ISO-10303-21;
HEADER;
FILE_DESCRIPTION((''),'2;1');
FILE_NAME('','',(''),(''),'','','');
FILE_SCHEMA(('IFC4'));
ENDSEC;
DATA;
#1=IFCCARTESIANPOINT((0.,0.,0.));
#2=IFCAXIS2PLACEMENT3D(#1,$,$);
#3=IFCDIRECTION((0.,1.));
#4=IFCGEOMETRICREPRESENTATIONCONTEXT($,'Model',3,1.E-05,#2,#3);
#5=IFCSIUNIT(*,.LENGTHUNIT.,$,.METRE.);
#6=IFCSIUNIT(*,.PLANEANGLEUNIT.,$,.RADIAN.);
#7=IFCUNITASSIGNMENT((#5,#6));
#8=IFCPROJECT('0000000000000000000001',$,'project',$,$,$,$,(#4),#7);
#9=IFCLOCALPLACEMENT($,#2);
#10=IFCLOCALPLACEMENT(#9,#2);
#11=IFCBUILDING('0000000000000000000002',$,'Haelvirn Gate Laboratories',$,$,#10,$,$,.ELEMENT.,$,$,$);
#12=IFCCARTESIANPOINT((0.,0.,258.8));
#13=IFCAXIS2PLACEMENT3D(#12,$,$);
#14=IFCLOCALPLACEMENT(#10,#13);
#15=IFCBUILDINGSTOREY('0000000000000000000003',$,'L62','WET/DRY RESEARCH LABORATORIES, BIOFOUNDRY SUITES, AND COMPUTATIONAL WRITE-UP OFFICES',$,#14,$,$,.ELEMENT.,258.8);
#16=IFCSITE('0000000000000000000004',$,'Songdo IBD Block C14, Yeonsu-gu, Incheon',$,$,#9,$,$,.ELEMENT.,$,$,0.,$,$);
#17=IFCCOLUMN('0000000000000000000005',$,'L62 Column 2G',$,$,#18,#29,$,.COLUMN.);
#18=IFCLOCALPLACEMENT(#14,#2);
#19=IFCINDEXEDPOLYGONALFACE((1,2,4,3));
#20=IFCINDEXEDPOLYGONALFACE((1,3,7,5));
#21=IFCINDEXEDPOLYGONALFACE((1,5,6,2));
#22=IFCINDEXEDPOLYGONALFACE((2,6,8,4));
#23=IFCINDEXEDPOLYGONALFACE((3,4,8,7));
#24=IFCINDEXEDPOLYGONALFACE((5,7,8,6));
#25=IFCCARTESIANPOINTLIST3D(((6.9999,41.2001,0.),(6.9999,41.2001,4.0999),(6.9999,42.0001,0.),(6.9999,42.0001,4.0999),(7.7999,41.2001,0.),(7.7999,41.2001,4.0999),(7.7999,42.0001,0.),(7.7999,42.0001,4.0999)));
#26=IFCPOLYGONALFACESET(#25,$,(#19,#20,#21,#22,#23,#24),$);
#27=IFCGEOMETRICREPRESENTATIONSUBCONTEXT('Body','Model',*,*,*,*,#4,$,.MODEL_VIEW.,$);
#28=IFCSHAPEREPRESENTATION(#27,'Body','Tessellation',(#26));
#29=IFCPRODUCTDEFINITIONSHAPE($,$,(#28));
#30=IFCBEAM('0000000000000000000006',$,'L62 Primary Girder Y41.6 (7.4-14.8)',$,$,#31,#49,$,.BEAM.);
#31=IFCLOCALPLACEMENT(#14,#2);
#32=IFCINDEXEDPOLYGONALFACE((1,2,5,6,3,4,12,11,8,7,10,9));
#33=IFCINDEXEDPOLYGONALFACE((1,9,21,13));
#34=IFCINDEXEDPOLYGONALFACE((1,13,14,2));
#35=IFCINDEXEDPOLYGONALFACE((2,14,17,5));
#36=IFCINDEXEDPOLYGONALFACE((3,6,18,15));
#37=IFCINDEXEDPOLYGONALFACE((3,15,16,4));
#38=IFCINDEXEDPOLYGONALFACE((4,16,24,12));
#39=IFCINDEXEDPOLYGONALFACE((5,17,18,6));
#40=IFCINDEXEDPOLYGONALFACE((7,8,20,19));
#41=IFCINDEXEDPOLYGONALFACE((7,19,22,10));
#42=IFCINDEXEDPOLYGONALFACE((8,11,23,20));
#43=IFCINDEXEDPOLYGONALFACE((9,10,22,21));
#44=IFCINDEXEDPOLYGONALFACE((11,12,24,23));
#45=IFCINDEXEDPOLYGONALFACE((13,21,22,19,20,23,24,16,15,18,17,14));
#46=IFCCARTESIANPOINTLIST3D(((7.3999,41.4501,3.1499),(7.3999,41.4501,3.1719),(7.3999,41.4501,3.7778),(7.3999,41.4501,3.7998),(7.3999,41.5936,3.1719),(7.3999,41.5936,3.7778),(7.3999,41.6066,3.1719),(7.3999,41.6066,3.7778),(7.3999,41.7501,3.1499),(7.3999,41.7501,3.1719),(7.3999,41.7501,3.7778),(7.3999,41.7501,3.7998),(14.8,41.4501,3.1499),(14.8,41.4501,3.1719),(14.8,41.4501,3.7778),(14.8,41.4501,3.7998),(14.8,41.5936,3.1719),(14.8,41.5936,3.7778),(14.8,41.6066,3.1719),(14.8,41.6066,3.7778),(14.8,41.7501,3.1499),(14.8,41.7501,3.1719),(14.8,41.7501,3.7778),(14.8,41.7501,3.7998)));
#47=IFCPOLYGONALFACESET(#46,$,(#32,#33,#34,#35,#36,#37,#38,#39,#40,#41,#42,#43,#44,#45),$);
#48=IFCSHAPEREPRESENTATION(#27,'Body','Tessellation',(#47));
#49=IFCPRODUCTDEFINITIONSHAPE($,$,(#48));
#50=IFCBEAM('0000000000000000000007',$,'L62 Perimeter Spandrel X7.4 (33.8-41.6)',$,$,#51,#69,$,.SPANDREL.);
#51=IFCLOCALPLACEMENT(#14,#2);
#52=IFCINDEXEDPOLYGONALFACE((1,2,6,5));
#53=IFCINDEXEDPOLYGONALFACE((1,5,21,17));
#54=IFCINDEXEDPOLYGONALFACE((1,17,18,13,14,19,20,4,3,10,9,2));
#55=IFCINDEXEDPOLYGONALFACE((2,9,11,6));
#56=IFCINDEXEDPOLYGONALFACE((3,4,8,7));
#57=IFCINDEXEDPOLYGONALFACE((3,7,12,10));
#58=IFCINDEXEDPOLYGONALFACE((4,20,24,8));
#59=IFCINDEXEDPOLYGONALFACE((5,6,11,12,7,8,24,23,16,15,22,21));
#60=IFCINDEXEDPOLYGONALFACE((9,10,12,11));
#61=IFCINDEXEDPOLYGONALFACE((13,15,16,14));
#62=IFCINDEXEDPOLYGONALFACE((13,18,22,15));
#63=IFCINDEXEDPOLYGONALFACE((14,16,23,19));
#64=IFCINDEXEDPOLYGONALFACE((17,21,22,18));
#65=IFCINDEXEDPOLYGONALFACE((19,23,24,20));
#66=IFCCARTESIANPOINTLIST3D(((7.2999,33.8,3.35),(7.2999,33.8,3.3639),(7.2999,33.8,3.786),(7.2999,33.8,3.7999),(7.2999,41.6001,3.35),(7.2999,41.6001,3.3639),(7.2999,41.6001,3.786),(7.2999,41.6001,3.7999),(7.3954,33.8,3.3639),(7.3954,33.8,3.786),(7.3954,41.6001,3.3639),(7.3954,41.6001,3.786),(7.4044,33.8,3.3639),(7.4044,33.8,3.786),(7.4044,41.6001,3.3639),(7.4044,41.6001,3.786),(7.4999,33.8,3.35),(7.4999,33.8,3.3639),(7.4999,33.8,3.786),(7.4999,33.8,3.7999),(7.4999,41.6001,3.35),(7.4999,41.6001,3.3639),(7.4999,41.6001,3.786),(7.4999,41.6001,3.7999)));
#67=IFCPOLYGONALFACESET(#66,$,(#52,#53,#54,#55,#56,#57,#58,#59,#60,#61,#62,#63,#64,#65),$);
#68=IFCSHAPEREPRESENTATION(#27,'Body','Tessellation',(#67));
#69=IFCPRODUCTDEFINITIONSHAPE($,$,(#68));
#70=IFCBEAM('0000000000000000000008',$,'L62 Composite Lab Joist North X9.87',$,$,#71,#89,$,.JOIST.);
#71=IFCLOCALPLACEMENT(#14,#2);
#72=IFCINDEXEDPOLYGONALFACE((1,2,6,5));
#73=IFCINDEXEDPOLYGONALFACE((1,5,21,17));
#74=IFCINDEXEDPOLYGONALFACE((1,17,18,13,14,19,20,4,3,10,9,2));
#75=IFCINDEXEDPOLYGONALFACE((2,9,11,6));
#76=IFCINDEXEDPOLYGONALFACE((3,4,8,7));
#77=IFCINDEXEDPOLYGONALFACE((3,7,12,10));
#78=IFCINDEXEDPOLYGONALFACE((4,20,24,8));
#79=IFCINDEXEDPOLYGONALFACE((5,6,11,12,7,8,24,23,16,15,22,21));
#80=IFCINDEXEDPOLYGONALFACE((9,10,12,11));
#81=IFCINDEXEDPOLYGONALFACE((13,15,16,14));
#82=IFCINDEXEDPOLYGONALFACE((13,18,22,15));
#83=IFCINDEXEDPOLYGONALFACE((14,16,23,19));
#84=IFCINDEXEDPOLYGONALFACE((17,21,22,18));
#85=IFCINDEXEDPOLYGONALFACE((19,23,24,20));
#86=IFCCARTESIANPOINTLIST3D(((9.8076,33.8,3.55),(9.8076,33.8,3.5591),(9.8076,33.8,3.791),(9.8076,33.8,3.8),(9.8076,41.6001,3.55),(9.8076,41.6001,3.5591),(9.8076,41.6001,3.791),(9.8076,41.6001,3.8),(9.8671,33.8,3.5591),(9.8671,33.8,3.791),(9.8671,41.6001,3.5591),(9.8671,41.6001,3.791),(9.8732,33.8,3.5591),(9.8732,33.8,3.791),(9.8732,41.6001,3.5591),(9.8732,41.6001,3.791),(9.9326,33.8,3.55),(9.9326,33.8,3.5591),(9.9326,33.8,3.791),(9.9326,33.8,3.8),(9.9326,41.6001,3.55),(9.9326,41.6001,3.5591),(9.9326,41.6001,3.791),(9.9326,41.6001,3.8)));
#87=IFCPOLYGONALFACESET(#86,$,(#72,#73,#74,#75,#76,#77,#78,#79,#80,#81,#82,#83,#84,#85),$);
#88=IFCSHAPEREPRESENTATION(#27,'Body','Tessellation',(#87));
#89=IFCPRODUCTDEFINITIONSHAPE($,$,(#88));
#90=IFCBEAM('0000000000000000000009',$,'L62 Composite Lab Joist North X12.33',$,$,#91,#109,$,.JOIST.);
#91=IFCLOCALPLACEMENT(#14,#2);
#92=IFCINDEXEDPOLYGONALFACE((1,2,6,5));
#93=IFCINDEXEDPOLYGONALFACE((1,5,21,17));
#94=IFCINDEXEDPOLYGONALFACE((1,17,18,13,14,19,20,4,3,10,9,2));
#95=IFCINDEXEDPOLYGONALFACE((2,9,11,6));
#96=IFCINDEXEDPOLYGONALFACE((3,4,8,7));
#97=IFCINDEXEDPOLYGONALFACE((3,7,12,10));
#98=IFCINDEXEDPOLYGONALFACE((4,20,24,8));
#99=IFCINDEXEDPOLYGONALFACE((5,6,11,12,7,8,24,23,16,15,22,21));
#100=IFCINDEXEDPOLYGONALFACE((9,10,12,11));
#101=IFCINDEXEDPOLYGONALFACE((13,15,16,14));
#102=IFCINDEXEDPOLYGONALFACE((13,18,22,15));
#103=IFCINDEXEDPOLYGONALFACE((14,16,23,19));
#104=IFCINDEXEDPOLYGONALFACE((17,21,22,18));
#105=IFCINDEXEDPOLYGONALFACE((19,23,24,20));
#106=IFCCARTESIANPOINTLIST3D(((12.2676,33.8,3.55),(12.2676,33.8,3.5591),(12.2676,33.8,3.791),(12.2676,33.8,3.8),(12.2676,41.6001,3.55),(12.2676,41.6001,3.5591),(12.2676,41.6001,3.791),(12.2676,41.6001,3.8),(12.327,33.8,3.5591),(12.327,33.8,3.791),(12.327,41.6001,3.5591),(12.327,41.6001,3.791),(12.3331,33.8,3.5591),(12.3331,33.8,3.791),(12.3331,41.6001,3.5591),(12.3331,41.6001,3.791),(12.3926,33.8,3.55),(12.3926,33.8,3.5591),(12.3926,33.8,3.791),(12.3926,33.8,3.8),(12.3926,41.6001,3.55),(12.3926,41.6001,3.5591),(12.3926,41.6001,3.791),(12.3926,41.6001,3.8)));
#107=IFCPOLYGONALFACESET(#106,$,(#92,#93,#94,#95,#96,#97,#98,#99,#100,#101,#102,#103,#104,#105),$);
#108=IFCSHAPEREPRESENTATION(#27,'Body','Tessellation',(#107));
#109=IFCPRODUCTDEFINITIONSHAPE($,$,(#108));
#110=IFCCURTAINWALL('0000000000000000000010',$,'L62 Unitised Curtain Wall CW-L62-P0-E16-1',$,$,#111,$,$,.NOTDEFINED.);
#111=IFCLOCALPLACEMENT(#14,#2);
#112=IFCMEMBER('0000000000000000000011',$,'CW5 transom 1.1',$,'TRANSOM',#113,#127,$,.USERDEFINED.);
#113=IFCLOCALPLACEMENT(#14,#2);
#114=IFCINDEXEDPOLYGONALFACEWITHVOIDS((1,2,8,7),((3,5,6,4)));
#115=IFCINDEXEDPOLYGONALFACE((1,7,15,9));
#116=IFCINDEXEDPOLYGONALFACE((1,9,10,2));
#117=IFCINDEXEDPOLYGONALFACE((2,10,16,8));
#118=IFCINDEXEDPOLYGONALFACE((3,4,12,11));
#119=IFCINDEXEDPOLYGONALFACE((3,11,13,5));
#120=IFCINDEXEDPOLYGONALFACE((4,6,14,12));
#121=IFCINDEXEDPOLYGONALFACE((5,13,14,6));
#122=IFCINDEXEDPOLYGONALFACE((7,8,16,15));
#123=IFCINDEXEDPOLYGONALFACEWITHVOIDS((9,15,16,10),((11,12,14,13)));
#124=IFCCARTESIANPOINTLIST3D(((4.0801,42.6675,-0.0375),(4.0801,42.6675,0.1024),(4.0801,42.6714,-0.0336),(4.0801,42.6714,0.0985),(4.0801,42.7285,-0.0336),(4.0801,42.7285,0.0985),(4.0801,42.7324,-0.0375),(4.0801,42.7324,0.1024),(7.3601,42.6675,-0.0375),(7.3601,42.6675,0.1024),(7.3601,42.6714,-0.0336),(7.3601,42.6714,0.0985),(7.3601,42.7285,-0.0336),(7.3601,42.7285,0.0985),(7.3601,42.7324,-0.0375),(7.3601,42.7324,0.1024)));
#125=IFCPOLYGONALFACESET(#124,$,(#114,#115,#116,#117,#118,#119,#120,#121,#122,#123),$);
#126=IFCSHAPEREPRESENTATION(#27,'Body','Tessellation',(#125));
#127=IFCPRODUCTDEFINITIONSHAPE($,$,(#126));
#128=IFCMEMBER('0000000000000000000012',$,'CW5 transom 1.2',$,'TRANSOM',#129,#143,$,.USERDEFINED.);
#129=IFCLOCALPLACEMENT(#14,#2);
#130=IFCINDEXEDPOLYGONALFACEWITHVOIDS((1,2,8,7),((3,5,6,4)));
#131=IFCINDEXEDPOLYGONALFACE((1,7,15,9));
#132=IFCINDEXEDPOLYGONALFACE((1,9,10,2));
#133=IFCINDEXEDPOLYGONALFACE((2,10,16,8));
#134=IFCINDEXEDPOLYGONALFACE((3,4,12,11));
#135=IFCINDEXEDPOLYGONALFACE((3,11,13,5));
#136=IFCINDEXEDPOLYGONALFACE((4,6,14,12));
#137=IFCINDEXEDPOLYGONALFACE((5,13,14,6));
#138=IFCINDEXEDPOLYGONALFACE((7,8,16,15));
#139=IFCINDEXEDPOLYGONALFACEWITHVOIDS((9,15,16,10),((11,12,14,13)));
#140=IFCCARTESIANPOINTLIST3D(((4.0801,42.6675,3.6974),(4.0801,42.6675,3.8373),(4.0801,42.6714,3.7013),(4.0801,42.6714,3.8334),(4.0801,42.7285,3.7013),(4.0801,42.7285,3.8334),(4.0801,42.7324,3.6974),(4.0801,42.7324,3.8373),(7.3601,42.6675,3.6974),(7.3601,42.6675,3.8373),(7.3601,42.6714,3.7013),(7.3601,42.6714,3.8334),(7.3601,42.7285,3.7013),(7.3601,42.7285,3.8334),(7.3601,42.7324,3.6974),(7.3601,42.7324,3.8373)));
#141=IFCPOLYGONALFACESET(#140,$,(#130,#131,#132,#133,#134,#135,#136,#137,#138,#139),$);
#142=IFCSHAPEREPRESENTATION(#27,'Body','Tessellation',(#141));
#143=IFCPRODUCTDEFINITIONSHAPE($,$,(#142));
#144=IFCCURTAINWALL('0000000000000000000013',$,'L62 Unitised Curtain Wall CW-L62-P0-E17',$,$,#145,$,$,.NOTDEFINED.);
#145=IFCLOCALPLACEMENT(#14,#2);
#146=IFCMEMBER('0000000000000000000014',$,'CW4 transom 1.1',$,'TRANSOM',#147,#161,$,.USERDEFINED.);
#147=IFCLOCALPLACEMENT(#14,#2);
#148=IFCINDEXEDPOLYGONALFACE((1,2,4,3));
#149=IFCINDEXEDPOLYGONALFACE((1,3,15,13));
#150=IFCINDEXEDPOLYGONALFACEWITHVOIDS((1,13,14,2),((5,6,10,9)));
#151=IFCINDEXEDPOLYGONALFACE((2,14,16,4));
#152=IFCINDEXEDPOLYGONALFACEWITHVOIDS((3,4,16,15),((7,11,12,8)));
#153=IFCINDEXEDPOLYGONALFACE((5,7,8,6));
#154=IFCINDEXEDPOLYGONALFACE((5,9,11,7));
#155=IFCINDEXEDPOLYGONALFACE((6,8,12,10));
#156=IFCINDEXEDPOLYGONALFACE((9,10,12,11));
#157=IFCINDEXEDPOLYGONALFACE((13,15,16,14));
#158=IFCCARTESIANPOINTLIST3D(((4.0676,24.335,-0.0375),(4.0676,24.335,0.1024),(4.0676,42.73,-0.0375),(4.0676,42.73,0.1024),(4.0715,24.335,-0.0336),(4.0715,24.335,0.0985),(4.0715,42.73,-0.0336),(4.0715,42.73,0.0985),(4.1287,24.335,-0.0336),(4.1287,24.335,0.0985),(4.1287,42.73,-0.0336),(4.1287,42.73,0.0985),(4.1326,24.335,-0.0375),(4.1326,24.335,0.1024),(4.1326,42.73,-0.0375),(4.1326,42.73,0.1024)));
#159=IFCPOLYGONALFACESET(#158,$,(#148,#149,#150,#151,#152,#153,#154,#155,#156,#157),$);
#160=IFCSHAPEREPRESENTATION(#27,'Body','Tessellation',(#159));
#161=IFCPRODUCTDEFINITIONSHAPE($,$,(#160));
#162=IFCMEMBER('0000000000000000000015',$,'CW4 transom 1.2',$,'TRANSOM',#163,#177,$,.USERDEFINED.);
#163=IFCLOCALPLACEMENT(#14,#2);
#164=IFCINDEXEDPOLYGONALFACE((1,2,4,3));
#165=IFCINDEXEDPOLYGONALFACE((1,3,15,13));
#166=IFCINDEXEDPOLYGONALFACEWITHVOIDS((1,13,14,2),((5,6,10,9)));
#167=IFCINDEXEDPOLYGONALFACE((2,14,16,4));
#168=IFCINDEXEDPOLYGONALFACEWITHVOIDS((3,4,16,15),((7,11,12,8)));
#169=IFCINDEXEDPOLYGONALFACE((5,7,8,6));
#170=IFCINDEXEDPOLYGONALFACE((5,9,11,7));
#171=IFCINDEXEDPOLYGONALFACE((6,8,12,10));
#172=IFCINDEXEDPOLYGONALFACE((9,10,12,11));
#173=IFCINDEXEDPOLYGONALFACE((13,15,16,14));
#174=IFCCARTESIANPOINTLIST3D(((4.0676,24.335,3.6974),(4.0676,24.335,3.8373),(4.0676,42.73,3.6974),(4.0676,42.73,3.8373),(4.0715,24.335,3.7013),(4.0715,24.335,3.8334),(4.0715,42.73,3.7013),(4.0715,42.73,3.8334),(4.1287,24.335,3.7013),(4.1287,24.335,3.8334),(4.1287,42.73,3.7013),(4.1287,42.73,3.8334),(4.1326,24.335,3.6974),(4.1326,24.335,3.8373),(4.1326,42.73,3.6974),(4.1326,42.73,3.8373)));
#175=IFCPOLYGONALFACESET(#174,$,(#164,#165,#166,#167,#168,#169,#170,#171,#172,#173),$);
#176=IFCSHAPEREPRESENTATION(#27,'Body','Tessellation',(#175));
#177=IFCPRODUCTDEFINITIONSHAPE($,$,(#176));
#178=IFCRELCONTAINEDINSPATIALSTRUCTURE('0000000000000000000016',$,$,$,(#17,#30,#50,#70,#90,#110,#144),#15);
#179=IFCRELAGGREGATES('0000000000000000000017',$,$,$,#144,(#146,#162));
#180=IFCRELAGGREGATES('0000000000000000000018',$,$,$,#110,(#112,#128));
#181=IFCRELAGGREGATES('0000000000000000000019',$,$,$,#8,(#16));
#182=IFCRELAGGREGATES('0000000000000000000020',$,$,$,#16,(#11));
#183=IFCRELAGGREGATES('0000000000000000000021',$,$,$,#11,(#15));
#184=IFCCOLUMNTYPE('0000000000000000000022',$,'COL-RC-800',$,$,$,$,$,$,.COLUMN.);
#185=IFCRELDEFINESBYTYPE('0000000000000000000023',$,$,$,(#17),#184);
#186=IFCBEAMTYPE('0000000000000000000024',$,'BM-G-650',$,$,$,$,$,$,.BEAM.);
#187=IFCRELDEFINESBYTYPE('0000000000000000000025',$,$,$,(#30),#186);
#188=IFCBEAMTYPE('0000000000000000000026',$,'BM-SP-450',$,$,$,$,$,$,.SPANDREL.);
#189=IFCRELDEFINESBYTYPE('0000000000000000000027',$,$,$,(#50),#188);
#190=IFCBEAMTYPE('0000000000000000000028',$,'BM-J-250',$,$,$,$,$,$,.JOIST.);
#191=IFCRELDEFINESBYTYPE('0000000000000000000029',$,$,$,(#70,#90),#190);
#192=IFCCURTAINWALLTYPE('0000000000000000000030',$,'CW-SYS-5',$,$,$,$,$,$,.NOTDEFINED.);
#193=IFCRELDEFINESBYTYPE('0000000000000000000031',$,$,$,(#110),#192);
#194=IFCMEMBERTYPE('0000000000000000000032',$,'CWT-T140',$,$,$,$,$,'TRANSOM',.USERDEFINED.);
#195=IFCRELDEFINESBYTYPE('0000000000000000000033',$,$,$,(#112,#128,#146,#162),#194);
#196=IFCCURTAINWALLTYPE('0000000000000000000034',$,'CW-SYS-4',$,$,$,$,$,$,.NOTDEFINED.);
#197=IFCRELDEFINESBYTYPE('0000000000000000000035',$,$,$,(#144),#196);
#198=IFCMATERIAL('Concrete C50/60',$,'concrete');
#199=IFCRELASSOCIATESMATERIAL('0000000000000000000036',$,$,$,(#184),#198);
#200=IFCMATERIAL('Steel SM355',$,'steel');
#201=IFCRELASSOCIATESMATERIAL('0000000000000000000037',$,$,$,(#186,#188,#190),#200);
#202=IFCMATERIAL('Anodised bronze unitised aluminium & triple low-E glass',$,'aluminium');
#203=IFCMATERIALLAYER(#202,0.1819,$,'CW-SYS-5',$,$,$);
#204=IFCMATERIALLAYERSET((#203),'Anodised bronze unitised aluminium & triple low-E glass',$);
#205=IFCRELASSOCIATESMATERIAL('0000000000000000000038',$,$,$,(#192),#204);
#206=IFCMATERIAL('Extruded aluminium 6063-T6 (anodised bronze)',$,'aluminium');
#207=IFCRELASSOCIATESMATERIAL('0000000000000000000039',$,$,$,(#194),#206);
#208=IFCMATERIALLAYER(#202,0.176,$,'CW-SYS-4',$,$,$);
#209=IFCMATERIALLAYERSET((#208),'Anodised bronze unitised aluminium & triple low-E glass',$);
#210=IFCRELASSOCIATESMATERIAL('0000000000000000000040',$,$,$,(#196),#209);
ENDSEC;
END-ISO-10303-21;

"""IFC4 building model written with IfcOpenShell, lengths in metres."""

from ifc_helpers import new_model, si_unit, direction, frame, origin, origin_2d, place, context, subcontext, project, spatial, rectangle, hollow_rectangle, i_section, extrude, source, transform, mapped, material, layer, layer_set, material_profile, profile_set, type_object, type_shapes, element, aggregate, save


model = new_model("IFC4")

# Units and contexts
model_context = context("Model", 3, precision=1e-05, world=origin(), true_north=direction((0.0, 1.0)))
body_context = subcontext(model_context, "Body", "Model", "MODEL_VIEW")
ifc_project = project(units=[si_unit("LENGTHUNIT", "METRE"), si_unit("PLANEANGLEUNIT", "RADIAN")], contexts=[model_context])

# Site, building, storey
site_placement = place(None, origin())
site = spatial("IfcSite", under=ifc_project, at=site_placement, Name="Songdo IBD Block C14, Yeonsu-gu, Incheon", CompositionType="ELEMENT", RefElevation=0.0)
building_placement = place(site_placement, origin())
building = spatial("IfcBuilding", under=site, at=building_placement, Name="Haelvirn Gate Laboratories", CompositionType="ELEMENT")
storey_placement = place(building_placement, frame((0.0, 0.0, 258.8)))
storey = spatial("IfcBuildingStorey", under=building, at=storey_placement, Name="L62", Description="WET/DRY RESEARCH LABORATORIES, BIOFOUNDRY SUITES, AND COMPUTATIONAL WRITE-UP OFFICES", CompositionType="ELEMENT", Elevation=258.8)

# Column
ifc_material_1 = material(Name="Concrete C50/60", Category="concrete")
ifc_material_profile_1 = material_profile(ifc_material_1, rectangle(XDim=0.8, YDim=0.8, at=origin_2d()), Name="RC-800x800")
ifc_profile_set_1 = profile_set([ifc_material_profile_1], Name="Concrete C50/60")
column_type = type_object("IfcColumnType", Name="COL-RC-800", PredefinedType="COLUMN", material=ifc_profile_set_1)
shared_shape_1 = source(origin(), body_context, "Body", "SweptSolid", [
    extrude(rectangle(XDim=0.8, YDim=0.8, at=origin_2d()), origin(), (0.0, 0.0, 1.0), 4.0999),
])
type_shapes(column_type, [shared_shape_1])
column_placement = place(storey_placement, frame((7.3999, 41.6001, 0.0), z_axis=(0.0, 0.0, 1.0), x_axis=(1.0, 0.0, 0.0)))
element("IfcColumn", 1, at=column_placement, inside=storey, type_object=column_type, Name="L62 Column 2G", PredefinedType="COLUMN", context=body_context, shape_type="MappedRepresentation", body=[
    mapped(shared_shape_1, transform((0.0, 0.0, 0.0), scale=1.0)),
])

# Beams
ifc_material_2 = material(Name="Steel SM355", Category="steel")
ifc_material_profile_2 = material_profile(ifc_material_2, i_section(OverallWidth=0.3, OverallDepth=0.6499, WebThickness=0.0129, FlangeThickness=0.022, at=origin_2d()), Name="H-650x300x13x22")
ifc_profile_set_2 = profile_set([ifc_material_profile_2], Name="Steel SM355")
beam_type_1 = type_object("IfcBeamType", Name="BM-G-650", PredefinedType="BEAM", material=ifc_profile_set_2)
shared_shape_2 = source(origin(), body_context, "Body", "SweptSolid", [
    extrude(i_section(OverallWidth=0.3, OverallDepth=0.6499, WebThickness=0.0129, FlangeThickness=0.022, at=origin_2d()), origin(), (0.0, 0.0, 1.0), 7.4001),
])
type_shapes(beam_type_1, [shared_shape_2])
beam_1_placement = place(storey_placement, frame((7.3999, 41.6001, 3.4749), z_axis=(1.0, 0.0, 0.0), x_axis=(0.0, 1.0, 0.0)))
element("IfcBeam", 2, at=beam_1_placement, inside=storey, type_object=beam_type_1, Name="L62 Primary Girder Y41.6 (7.4-14.8)", PredefinedType="BEAM", context=body_context, shape_type="MappedRepresentation", body=[
    mapped(shared_shape_2, transform((0.0, 0.0, 0.0), scale=1.0)),
])
ifc_material_profile_3 = material_profile(ifc_material_2, i_section(OverallWidth=0.2, OverallDepth=0.45, WebThickness=0.009, FlangeThickness=0.0139, at=origin_2d()), Name="H-450x200x9x14")
ifc_profile_set_3 = profile_set([ifc_material_profile_3], Name="Steel SM355")
beam_type_2 = type_object("IfcBeamType", Name="BM-SP-450", PredefinedType="SPANDREL", material=ifc_profile_set_3)
shared_shape_3 = source(origin(), body_context, "Body", "SweptSolid", [
    extrude(i_section(OverallWidth=0.2, OverallDepth=0.45, WebThickness=0.009, FlangeThickness=0.0139, at=origin_2d()), origin(), (0.0, 0.0, 1.0), 7.8),
])
type_shapes(beam_type_2, [shared_shape_3])
beam_2_placement = place(storey_placement, frame((7.3999, 33.8, 3.575), z_axis=(0.0, 1.0, 0.0), x_axis=(-1.0, 0.0, 0.0)))
element("IfcBeam", 3, at=beam_2_placement, inside=storey, type_object=beam_type_2, Name="L62 Perimeter Spandrel X7.4 (33.8-41.6)", PredefinedType="SPANDREL", context=body_context, shape_type="MappedRepresentation", body=[
    mapped(shared_shape_3, transform((0.0, 0.0, 0.0), scale=1.0)),
])
ifc_material_profile_4 = material_profile(ifc_material_2, i_section(OverallWidth=0.125, OverallDepth=0.25, WebThickness=0.0061, FlangeThickness=0.009, at=origin_2d()), Name="H-250x125x6x9")
ifc_profile_set_4 = profile_set([ifc_material_profile_4], Name="Steel SM355")
beam_type_3 = type_object("IfcBeamType", Name="BM-J-250", PredefinedType="JOIST", material=ifc_profile_set_4)
shared_shape_4 = source(origin(), body_context, "Body", "SweptSolid", [
    extrude(i_section(OverallWidth=0.125, OverallDepth=0.25, WebThickness=0.0061, FlangeThickness=0.009, at=origin_2d()), origin(), (0.0, 0.0, 1.0), 7.8),
])
type_shapes(beam_type_3, [shared_shape_4])
for number, where, z_axis, x_axis, name in (
    (4, (9.8701, 33.8, 3.675), (0.0, 1.0, 0.0), (-1.0, 0.0, 0.0), "L62 Composite Lab Joist North X9.87"),
    (5, (12.3301, 33.8, 3.675), (0.0, 1.0, 0.0), (-1.0, 0.0, 0.0), "L62 Composite Lab Joist North X12.33"),
):
    element("IfcBeam", number, at=place(storey_placement, frame(where, z_axis=z_axis, x_axis=x_axis)), inside=storey, type_object=beam_type_3, Name=name, PredefinedType="JOIST", context=body_context, shape_type="MappedRepresentation", body=[
        mapped(shared_shape_4, transform((0.0, 0.0, 0.0), scale=1.0)),
    ])

# Curtain walls, members
ifc_material_3 = material(Name="Anodised bronze unitised aluminium & triple low-E glass", Category="aluminium")
ifc_layer_1 = layer(ifc_material_3, 0.1819, Name="CW-SYS-5")
ifc_layer_set_1 = layer_set([ifc_layer_1], Name="Anodised bronze unitised aluminium & triple low-E glass")
curtain_wall_type_1 = type_object("IfcCurtainWallType", Name="CW-SYS-5", PredefinedType="NOTDEFINED", material=ifc_layer_set_1)
curtain_wall_1_placement = place(storey_placement, origin())
curtain_wall_1 = element("IfcCurtainWall", 6, at=curtain_wall_1_placement, inside=storey, type_object=curtain_wall_type_1, Name="L62 Unitised Curtain Wall CW-L62-P0-E16-1", PredefinedType="NOTDEFINED")
ifc_material_4 = material(Name="Extruded aluminium 6063-T6 (anodised bronze)", Category="aluminium")
ifc_material_profile_5 = material_profile(ifc_material_4, hollow_rectangle(XDim=0.0649, YDim=0.1399, WallThickness=0.0039, at=origin_2d()), Name="CWT-140x65x4")
ifc_profile_set_5 = profile_set([ifc_material_profile_5], Name="Extruded aluminium 6063-T6 (anodised bronze)")
member_type_1 = type_object("IfcMemberType", Name="CWT-T140", ElementType="TRANSOM", PredefinedType="USERDEFINED", material=ifc_profile_set_5)
shared_shape_5 = source(origin(), body_context, "Body", "SweptSolid", [
    extrude(hollow_rectangle(XDim=0.0649, YDim=0.1399, WallThickness=0.0039, at=origin_2d()), origin(), (0.0, 0.0, 1.0), 3.28),
])
member_1_placement = place(storey_placement, frame((4.0801, 42.7, 0.0325), z_axis=(1.0, 0.0, 0.0), x_axis=(0.0, 1.0, 0.0)))
member_1 = element("IfcMember", 7, at=member_1_placement, type_object=member_type_1, Name="CW5 transom 1.1", ObjectType="TRANSOM", PredefinedType="USERDEFINED", context=body_context, shape_type="MappedRepresentation", body=[
    mapped(shared_shape_5, transform((0.0, 0.0, 0.0), scale=1.0)),
])
member_2_placement = place(storey_placement, frame((4.0801, 42.7, 3.7673), z_axis=(1.0, 0.0, 0.0), x_axis=(0.0, 1.0, 0.0)))
member_2 = element("IfcMember", 8, at=member_2_placement, type_object=member_type_1, Name="CW5 transom 1.2", ObjectType="TRANSOM", PredefinedType="USERDEFINED", context=body_context, shape_type="MappedRepresentation", body=[
    mapped(shared_shape_5, transform((0.0, 0.0, 0.0), scale=1.0)),
])
ifc_layer_2 = layer(ifc_material_3, 0.176, Name="CW-SYS-4")
ifc_layer_set_2 = layer_set([ifc_layer_2], Name="Anodised bronze unitised aluminium & triple low-E glass")
curtain_wall_type_2 = type_object("IfcCurtainWallType", Name="CW-SYS-4", PredefinedType="NOTDEFINED", material=ifc_layer_set_2)
curtain_wall_2_placement = place(storey_placement, origin())
curtain_wall_2 = element("IfcCurtainWall", 9, at=curtain_wall_2_placement, inside=storey, type_object=curtain_wall_type_2, Name="L62 Unitised Curtain Wall CW-L62-P0-E17", PredefinedType="NOTDEFINED")
shared_shape_6 = source(origin(), body_context, "Body", "SweptSolid", [
    extrude(hollow_rectangle(XDim=0.0649, YDim=0.1399, WallThickness=0.0039, at=origin_2d()), origin(), (0.0, 0.0, 1.0), 18.395),
])
member_3_placement = place(storey_placement, frame((4.1001, 42.73, 0.0325), z_axis=(0.0, -1.0, 0.0), x_axis=(1.0, 0.0, 0.0)))
member_3 = element("IfcMember", 10, at=member_3_placement, type_object=member_type_1, Name="CW4 transom 1.1", ObjectType="TRANSOM", PredefinedType="USERDEFINED", context=body_context, shape_type="MappedRepresentation", body=[
    mapped(shared_shape_6, transform((0.0, 0.0, 0.0), scale=1.0)),
])
member_4_placement = place(storey_placement, frame((4.1001, 42.73, 3.7673), z_axis=(0.0, -1.0, 0.0), x_axis=(1.0, 0.0, 0.0)))
member_4 = element("IfcMember", 11, at=member_4_placement, type_object=member_type_1, Name="CW4 transom 1.2", ObjectType="TRANSOM", PredefinedType="USERDEFINED", context=body_context, shape_type="MappedRepresentation", body=[
    mapped(shared_shape_6, transform((0.0, 0.0, 0.0), scale=1.0)),
])

aggregate(curtain_wall_2, [member_3, member_4])

aggregate(curtain_wall_1, [member_1, member_2])

save(model, "model.ifc")
